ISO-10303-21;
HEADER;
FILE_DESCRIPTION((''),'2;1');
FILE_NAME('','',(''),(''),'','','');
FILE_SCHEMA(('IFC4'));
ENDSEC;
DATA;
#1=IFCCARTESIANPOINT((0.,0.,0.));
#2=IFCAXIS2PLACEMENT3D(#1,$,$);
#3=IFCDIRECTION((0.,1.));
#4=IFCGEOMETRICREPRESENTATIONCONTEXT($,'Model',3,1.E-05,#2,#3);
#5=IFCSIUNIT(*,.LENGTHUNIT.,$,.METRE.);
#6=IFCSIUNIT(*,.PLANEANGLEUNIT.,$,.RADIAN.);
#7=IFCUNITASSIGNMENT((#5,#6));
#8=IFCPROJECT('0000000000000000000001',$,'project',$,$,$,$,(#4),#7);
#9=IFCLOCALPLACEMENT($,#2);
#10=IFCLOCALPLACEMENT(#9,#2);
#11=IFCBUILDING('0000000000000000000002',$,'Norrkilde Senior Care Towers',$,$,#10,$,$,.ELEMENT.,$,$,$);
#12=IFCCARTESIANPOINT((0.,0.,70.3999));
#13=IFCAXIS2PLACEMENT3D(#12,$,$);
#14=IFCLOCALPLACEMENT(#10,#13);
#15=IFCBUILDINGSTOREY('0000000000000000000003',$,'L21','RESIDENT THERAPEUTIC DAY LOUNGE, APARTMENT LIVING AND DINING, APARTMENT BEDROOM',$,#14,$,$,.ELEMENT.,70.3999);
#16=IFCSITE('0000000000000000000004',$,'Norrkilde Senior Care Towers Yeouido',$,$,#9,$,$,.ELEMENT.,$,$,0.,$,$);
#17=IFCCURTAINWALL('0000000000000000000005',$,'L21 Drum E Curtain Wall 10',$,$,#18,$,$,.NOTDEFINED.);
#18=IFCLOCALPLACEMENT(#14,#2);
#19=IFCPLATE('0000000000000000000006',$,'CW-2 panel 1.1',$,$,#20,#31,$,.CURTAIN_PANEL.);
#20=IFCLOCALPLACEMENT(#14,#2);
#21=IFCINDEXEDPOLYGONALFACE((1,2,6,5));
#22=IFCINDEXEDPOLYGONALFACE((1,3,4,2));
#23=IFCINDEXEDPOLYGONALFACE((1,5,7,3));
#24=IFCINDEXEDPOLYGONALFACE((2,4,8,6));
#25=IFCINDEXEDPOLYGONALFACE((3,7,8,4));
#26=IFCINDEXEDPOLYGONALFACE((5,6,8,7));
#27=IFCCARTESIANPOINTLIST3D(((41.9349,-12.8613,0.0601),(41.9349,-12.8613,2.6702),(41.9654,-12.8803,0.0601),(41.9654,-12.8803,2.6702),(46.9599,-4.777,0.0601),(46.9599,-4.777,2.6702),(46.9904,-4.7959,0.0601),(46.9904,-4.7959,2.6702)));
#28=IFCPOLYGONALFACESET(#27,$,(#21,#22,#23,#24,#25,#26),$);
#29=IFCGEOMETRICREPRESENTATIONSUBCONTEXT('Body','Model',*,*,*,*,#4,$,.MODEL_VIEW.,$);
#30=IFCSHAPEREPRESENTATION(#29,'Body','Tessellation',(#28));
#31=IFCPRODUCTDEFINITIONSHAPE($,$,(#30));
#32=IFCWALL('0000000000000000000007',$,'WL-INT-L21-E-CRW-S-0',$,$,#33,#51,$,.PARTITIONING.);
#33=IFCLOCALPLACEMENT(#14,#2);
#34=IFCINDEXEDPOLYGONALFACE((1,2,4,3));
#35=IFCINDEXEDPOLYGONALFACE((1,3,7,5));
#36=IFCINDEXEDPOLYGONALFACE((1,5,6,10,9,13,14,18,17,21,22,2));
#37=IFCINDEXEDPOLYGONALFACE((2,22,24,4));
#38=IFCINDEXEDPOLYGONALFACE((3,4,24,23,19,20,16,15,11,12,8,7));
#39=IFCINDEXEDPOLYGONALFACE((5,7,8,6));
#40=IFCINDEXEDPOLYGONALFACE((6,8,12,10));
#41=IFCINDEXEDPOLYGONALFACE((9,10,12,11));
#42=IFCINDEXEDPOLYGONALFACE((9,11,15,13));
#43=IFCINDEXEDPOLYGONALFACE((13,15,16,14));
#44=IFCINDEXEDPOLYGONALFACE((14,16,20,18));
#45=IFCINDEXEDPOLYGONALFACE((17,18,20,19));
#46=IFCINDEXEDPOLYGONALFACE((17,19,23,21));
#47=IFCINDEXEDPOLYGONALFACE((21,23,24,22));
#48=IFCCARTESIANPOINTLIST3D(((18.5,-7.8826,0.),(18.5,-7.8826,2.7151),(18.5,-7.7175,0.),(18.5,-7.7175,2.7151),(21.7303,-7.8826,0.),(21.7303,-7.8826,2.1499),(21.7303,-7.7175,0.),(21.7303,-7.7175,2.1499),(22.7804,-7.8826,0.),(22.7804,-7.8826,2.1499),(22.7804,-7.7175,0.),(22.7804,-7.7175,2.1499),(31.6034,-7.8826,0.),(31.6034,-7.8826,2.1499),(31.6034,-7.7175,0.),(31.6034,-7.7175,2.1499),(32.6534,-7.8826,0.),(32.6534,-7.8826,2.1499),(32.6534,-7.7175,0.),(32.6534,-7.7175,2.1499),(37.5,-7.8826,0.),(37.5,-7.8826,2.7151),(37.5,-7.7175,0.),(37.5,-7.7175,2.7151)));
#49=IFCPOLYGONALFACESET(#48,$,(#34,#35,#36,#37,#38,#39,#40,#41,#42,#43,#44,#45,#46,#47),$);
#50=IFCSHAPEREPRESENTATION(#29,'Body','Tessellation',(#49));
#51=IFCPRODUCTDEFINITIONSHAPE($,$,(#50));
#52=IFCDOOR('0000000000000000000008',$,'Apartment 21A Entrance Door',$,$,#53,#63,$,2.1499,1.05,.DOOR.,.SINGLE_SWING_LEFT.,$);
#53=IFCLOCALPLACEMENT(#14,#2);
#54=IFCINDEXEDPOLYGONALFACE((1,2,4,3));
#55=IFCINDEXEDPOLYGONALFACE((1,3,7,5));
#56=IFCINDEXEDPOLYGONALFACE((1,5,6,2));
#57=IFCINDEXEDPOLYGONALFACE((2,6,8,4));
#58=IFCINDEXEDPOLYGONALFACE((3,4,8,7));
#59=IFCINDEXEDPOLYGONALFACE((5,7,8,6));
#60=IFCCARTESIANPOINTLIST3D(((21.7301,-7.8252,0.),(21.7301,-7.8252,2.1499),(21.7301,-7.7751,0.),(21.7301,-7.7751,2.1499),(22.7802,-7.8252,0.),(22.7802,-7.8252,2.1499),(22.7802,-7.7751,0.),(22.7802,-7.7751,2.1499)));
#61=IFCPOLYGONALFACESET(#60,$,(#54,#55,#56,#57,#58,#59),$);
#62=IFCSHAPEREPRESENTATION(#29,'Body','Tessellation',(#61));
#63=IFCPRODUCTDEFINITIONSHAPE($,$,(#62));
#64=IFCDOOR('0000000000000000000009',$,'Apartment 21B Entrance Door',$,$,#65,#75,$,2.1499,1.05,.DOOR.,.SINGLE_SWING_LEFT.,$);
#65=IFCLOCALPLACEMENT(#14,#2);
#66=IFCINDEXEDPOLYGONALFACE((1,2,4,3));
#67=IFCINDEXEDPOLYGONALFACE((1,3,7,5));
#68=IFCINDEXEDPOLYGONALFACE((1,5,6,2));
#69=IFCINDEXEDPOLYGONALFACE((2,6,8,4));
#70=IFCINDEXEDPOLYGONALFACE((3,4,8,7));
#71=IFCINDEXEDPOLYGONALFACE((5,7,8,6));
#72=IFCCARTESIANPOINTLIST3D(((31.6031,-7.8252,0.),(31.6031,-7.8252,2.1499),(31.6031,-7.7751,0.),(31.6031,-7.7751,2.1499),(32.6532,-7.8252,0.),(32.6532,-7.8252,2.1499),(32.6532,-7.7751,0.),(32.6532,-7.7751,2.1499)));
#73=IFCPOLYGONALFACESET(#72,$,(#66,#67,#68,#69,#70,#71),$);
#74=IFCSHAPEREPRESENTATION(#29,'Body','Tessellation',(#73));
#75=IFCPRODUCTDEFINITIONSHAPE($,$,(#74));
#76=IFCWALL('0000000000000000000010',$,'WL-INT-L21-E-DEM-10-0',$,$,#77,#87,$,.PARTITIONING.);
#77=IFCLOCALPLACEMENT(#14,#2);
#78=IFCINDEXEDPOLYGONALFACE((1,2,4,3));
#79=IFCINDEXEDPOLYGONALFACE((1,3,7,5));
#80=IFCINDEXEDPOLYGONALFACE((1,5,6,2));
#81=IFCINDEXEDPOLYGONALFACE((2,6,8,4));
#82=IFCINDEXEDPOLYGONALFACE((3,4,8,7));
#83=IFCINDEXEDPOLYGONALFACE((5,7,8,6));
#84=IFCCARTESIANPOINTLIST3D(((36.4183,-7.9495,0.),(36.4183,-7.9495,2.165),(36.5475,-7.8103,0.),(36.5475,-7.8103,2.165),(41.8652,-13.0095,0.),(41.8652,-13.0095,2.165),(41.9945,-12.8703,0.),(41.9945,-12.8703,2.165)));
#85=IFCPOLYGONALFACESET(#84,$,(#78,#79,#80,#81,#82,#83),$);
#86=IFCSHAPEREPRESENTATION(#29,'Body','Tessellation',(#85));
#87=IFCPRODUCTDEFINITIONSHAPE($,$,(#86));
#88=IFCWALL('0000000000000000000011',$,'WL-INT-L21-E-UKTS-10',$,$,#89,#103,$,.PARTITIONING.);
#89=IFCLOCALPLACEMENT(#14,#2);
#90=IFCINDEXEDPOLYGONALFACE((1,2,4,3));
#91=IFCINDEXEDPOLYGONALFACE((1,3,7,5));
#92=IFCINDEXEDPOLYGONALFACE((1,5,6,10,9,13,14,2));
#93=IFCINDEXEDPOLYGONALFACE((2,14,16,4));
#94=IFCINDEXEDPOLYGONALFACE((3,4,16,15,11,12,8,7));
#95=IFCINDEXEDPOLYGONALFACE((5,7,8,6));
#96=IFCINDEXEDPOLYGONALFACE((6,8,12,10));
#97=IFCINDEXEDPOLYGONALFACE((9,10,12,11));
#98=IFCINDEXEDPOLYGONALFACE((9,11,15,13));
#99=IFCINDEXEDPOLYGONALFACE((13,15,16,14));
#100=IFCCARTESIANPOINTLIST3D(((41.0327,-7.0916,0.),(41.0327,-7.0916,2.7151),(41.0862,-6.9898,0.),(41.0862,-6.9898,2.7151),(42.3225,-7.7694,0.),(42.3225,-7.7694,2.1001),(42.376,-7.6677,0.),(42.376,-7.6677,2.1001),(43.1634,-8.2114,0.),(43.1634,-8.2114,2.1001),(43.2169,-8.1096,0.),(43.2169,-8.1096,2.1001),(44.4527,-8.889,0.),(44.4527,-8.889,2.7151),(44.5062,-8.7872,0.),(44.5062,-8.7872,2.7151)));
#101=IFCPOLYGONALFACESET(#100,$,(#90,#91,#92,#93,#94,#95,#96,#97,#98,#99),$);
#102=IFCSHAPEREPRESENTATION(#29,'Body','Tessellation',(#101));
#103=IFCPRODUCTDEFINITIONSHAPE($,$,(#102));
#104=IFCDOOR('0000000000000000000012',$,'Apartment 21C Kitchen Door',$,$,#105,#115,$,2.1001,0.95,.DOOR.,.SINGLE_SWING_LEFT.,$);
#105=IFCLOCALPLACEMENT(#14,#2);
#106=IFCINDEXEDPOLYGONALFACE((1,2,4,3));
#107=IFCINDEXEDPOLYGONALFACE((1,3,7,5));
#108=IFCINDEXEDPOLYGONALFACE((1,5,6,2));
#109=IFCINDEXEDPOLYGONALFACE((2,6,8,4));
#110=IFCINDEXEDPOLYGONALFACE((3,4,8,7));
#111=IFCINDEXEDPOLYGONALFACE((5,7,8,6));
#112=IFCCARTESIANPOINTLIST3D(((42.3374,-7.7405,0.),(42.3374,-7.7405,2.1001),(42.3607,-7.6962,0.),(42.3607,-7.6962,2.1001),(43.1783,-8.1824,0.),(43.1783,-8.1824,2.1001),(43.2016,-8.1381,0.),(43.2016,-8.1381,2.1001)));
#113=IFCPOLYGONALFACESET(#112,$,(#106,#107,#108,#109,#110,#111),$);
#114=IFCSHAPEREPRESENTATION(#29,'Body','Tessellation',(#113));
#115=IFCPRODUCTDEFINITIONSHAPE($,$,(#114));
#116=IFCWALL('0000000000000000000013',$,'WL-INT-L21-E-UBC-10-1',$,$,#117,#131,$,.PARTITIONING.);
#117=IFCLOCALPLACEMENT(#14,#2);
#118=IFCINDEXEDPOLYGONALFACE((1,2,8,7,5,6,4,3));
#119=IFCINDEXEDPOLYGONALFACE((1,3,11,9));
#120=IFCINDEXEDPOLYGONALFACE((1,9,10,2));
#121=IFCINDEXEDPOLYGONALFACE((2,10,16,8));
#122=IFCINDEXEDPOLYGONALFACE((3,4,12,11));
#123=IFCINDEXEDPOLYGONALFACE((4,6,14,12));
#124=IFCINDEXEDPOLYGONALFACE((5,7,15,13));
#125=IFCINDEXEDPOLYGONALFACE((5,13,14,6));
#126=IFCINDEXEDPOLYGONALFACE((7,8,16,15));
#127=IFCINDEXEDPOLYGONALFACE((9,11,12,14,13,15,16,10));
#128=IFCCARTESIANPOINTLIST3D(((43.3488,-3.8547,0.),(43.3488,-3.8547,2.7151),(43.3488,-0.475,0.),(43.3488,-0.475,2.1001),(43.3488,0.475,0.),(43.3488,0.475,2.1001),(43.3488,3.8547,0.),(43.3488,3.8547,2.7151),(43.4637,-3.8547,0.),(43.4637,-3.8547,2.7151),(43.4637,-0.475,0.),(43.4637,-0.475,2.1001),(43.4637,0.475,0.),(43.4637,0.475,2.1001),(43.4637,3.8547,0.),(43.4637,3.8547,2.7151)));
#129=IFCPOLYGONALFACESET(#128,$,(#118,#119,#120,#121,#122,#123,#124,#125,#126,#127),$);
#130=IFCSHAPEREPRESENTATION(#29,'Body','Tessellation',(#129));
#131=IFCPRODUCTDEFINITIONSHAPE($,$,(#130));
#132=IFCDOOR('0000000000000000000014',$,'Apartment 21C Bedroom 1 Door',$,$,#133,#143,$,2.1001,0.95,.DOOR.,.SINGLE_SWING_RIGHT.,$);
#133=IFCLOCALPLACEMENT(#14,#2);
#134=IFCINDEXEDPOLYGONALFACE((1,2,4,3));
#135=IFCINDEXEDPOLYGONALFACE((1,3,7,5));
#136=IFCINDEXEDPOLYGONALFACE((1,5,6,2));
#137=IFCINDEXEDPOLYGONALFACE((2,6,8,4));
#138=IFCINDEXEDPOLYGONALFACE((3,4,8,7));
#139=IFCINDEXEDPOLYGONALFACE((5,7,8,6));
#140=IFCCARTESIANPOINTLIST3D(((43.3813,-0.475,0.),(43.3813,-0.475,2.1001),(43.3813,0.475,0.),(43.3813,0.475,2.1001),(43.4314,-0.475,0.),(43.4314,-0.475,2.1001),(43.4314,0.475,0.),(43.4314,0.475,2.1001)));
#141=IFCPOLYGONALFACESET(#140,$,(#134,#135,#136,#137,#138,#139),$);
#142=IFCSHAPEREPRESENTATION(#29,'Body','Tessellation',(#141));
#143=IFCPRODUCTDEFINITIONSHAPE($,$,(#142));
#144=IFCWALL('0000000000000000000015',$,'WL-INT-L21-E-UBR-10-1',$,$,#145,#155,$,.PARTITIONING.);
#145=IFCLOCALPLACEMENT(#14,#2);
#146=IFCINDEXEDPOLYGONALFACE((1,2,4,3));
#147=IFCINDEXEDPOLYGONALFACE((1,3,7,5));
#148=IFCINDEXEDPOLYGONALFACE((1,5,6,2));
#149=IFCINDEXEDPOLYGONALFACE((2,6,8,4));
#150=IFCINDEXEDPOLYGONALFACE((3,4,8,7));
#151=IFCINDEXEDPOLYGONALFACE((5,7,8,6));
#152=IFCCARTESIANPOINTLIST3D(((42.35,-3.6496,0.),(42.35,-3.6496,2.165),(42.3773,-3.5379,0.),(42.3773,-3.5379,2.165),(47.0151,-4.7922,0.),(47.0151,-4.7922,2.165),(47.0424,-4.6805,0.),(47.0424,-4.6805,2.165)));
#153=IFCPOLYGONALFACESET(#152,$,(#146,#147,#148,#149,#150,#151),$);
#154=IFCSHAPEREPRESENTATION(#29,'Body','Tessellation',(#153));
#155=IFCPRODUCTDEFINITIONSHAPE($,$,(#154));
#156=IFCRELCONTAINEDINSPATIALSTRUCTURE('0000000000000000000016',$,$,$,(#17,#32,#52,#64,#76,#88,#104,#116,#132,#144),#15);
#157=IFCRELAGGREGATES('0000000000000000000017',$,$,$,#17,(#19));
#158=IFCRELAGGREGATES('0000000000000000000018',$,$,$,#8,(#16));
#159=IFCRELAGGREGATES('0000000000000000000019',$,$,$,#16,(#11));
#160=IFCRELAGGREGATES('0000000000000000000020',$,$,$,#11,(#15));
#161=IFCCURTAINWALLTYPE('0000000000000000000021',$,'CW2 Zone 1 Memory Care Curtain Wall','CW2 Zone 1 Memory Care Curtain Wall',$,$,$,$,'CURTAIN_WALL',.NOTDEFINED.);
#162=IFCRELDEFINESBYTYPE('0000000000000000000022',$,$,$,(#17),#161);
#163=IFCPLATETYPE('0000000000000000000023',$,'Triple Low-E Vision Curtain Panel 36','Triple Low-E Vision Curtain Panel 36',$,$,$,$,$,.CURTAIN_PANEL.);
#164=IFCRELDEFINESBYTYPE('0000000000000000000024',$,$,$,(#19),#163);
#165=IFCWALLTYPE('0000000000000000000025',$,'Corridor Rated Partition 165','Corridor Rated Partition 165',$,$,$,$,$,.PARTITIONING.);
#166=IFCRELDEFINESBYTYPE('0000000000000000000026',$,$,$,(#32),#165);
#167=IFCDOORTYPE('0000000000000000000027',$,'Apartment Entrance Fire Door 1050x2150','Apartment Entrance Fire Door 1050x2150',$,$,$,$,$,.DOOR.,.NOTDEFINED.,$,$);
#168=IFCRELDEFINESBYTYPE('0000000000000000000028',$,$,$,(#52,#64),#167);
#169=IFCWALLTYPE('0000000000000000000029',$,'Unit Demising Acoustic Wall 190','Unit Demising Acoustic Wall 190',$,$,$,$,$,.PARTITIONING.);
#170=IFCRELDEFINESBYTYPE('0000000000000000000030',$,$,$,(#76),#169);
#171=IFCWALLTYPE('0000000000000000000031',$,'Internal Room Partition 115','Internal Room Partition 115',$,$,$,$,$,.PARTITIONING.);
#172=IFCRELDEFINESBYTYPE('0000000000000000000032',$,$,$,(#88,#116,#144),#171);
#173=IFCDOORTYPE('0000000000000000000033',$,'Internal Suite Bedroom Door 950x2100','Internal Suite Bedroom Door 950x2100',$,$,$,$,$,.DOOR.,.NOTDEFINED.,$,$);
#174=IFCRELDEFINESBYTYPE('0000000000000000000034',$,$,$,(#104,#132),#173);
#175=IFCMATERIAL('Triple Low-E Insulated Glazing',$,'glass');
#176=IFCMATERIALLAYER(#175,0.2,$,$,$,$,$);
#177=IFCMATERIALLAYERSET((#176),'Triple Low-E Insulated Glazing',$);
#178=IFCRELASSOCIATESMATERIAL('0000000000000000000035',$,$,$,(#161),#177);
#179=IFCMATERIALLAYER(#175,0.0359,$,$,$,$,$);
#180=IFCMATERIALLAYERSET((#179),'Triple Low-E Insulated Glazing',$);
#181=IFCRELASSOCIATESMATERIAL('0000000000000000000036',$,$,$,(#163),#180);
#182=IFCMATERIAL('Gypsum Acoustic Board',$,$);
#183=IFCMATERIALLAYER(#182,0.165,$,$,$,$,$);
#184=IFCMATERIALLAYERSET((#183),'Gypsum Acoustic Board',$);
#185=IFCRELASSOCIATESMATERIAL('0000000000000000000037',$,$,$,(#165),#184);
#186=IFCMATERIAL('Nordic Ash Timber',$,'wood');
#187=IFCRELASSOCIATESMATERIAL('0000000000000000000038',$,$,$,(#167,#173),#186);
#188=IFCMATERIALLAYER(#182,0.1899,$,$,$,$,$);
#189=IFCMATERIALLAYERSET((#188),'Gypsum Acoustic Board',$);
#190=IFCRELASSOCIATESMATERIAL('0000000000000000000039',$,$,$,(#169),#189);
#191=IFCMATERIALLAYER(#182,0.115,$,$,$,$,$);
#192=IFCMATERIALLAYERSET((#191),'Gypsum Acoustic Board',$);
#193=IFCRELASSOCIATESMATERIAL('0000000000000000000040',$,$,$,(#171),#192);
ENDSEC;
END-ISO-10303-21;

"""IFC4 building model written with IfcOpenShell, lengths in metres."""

from ifc_helpers import new_model, si_unit, direction, frame, frame_2d, origin, origin_2d, place, context, subcontext, project, spatial, rectangle, extrude, source, transform, mapped, material, layer, layer_set, type_object, type_shapes, element, fill, aggregate, save


model = new_model("IFC4")

# Units and contexts
model_context = context("Model", 3, precision=1e-05, world=origin(), true_north=direction((0.0, 1.0)))
body_context = subcontext(model_context, "Body", "Model", "MODEL_VIEW")
ifc_project = project(units=[si_unit("LENGTHUNIT", "METRE"), si_unit("PLANEANGLEUNIT", "RADIAN")], contexts=[model_context])

# Site, building, storey
site_placement = place(None, origin())
site = spatial("IfcSite", under=ifc_project, at=site_placement, Name="Norrkilde Senior Care Towers Yeouido", CompositionType="ELEMENT", RefElevation=0.0)
building_placement = place(site_placement, origin())
building = spatial("IfcBuilding", under=site, at=building_placement, Name="Norrkilde Senior Care Towers", CompositionType="ELEMENT")
storey_placement = place(building_placement, frame((0.0, 0.0, 70.3999)))
storey = spatial("IfcBuildingStorey", under=building, at=storey_placement, Name="L21", Description="RESIDENT THERAPEUTIC DAY LOUNGE, APARTMENT LIVING AND DINING, APARTMENT BEDROOM", CompositionType="ELEMENT", Elevation=70.3999)

# Curtain wall
ifc_material_1 = material(Name="Triple Low-E Insulated Glazing", Category="glass")
ifc_layer_1 = layer(ifc_material_1, 0.2)
ifc_layer_set_1 = layer_set([ifc_layer_1], Name="Triple Low-E Insulated Glazing")
curtain_wall_type = type_object("IfcCurtainWallType", Name="CW2 Zone 1 Memory Care Curtain Wall", Description="CW2 Zone 1 Memory Care Curtain Wall", ElementType="CURTAIN_WALL", PredefinedType="NOTDEFINED", material=ifc_layer_set_1)
curtain_wall_1_placement = place(storey_placement, origin())
curtain_wall_1 = element("IfcCurtainWall", 1, at=curtain_wall_1_placement, inside=storey, type_object=curtain_wall_type, Name="L21 Drum E Curtain Wall 10", PredefinedType="NOTDEFINED")

# Plate
ifc_layer_2 = layer(ifc_material_1, 0.0359)
ifc_layer_set_2 = layer_set([ifc_layer_2], Name="Triple Low-E Insulated Glazing")
plate_type = type_object("IfcPlateType", Name="Triple Low-E Vision Curtain Panel 36", Description="Triple Low-E Vision Curtain Panel 36", PredefinedType="CURTAIN_PANEL", material=ifc_layer_set_2)
shared_shape_1 = source(origin(), body_context, "Body", "SweptSolid", [
    extrude(rectangle(XDim=9.5188, YDim=0.0359, at=origin_2d()), origin(), (0.0, 0.0, 1.0), 2.6101),
])
plate_1_placement = place(storey_placement, frame((44.4626, -8.8286, 0.0601), z_axis=(0.0, 0.0, 1.0), x_axis=(-0.527901, -0.849306, 0.0)))
plate_1 = element("IfcPlate", 2, at=plate_1_placement, type_object=plate_type, Name="CW-2 panel 1.1", PredefinedType="CURTAIN_PANEL", context=body_context, shape_type="MappedRepresentation", body=[
    mapped(shared_shape_1, transform((0.0, 0.0, 0.0), x_axis=(1.0, 0.0, 0.0), y_axis=(0.0, 1.0, 0.0), z_axis=(0.0, 0.0, 1.0), scale=1.0)),
])
aggregate(curtain_wall_1, [plate_1])

# Wall, openings, doors
ifc_material_2 = material(Name="Gypsum Acoustic Board")
ifc_layer_3 = layer(ifc_material_2, 0.165)
ifc_layer_set_3 = layer_set([ifc_layer_3], Name="Gypsum Acoustic Board")
wall_type_1 = type_object("IfcWallType", Name="Corridor Rated Partition 165", Description="Corridor Rated Partition 165", PredefinedType="PARTITIONING", material=ifc_layer_set_3)
shared_shape_2 = source(origin(), body_context, "Body", "SweptSolid", [
    extrude(rectangle(XDim=19.0, YDim=0.165, at=frame_2d((9.5, 0.0))), origin(), (0.0, 0.0, 1.0), 2.7151),
])
type_shapes(wall_type_1, [shared_shape_2])
wall_1_placement = place(storey_placement, frame((37.5, -7.8, 0.0), z_axis=(0.0, 0.0, 1.0), x_axis=(-1.0, 0.0, 0.0)))
wall_1 = element("IfcWall", 3, at=wall_1_placement, inside=storey, type_object=wall_type_1, Name="WL-INT-L21-E-CRW-S-0", PredefinedType="PARTITIONING", context=body_context, shape_type="MappedRepresentation", body=[
    mapped(shared_shape_2, transform((0.0, 0.0, 0.0), x_axis=(1.0, 0.0, 0.0), y_axis=(0.0, 1.0, 0.0), z_axis=(0.0, 0.0, 1.0), scale=1.0)),
])
opening_1_placement = place(wall_1_placement, frame((14.7197, 0.0, 0.0)))
opening_1 = element("IfcOpeningElement", 4, at=opening_1_placement, cuts=wall_1, PredefinedType="OPENING", context=body_context, shape_type="SweptSolid", body=[
    extrude(rectangle(XDim=1.05, YDim=2.1499, at=frame_2d((0.5249, 1.075))), frame((0.0, 0.0925, 0.0), z_axis=(0.0, -1.0, 0.0), x_axis=(1.0, 0.0, 0.0)), (0.0, 0.0, 1.0), 0.1851),
])
opening_2_placement = place(wall_1_placement, frame((4.8467, 0.0, 0.0)))
opening_2 = element("IfcOpeningElement", 5, at=opening_2_placement, cuts=wall_1, PredefinedType="OPENING", context=body_context, shape_type="SweptSolid", body=[
    extrude(rectangle(XDim=1.05, YDim=2.1499, at=frame_2d((0.5249, 1.075))), frame((0.0, 0.0925, 0.0), z_axis=(0.0, -1.0, 0.0), x_axis=(1.0, 0.0, 0.0)), (0.0, 0.0, 1.0), 0.1851),
])
ifc_material_3 = material(Name="Nordic Ash Timber", Category="wood")
door_type_1 = type_object("IfcDoorType", Name="Apartment Entrance Fire Door 1050x2150", Description="Apartment Entrance Fire Door 1050x2150", OperationType="NOTDEFINED", PredefinedType="DOOR", material=ifc_material_3)
shared_shape_3 = source(origin(), body_context, "Body", "SweptSolid", [
    extrude(rectangle(XDim=1.05, YDim=2.1499, at=frame_2d((0.5249, 1.075))), frame((0.0, 0.0249, 0.0), z_axis=(0.0, -1.0, 0.0), x_axis=(1.0, 0.0, 0.0)), (0.0, 0.0, 1.0), 0.05),
])
type_shapes(door_type_1, [shared_shape_3])
door_1_placement = place(opening_1_placement, frame((1.05, 0.0, 0.0), z_axis=(0.0, 0.0, 1.0), x_axis=(-1.0, 0.0, 0.0)))
door_1 = element("IfcDoor", 6, at=door_1_placement, inside=storey, type_object=door_type_1, Name="Apartment 21A Entrance Door", OperationType="SINGLE_SWING_LEFT", OverallHeight=2.1499, OverallWidth=1.05, PredefinedType="DOOR", context=body_context, shape_type="MappedRepresentation", body=[
    mapped(shared_shape_3, transform((0.0, 0.0, 0.0), x_axis=(1.0, 0.0, 0.0), y_axis=(0.0, 1.0, 0.0), z_axis=(0.0, 0.0, 1.0), scale=1.0)),
])
fill(opening_1, door_1)
door_2_placement = place(opening_2_placement, frame((1.05, 0.0, 0.0), z_axis=(0.0, 0.0, 1.0), x_axis=(-1.0, 0.0, 0.0)))
door_2 = element("IfcDoor", 7, at=door_2_placement, inside=storey, type_object=door_type_1, Name="Apartment 21B Entrance Door", OperationType="SINGLE_SWING_LEFT", OverallHeight=2.1499, OverallWidth=1.05, PredefinedType="DOOR", context=body_context, shape_type="MappedRepresentation", body=[
    mapped(shared_shape_3, transform((0.0, 0.0, 0.0), x_axis=(1.0, 0.0, 0.0), y_axis=(0.0, 1.0, 0.0), z_axis=(0.0, 0.0, 1.0), scale=1.0)),
])
fill(opening_2, door_2)

# Wall
ifc_layer_4 = layer(ifc_material_2, 0.1899)
ifc_layer_set_4 = layer_set([ifc_layer_4], Name="Gypsum Acoustic Board")
wall_type_2 = type_object("IfcWallType", Name="Unit Demising Acoustic Wall 190", Description="Unit Demising Acoustic Wall 190", PredefinedType="PARTITIONING", material=ifc_layer_set_4)
shared_shape_4 = source(origin(), body_context, "Body", "SweptSolid", [
    extrude(rectangle(XDim=7.4346, YDim=0.1899, at=frame_2d((3.7173, 0.0))), origin(), (0.0, 0.0, 1.0), 2.165),
])
type_shapes(wall_type_2, [shared_shape_4])
wall_2_placement = place(storey_placement, frame((36.4829, -7.8799, 0.0), z_axis=(0.0, 0.0, 1.0), x_axis=(0.732652, -0.680603, 0.0)))
element("IfcWall", 8, at=wall_2_placement, inside=storey, type_object=wall_type_2, Name="WL-INT-L21-E-DEM-10-0", PredefinedType="PARTITIONING", context=body_context, shape_type="MappedRepresentation", body=[
    mapped(shared_shape_4, transform((0.0, 0.0, 0.0), x_axis=(1.0, 0.0, 0.0), y_axis=(0.0, 1.0, 0.0), z_axis=(0.0, 0.0, 1.0), scale=1.0)),
])

# Walls, openings, doors
ifc_layer_5 = layer(ifc_material_2, 0.115)
ifc_layer_set_5 = layer_set([ifc_layer_5], Name="Gypsum Acoustic Board")
wall_type_3 = type_object("IfcWallType", Name="Internal Room Partition 115", Description="Internal Room Partition 115", PredefinedType="PARTITIONING", material=ifc_layer_set_5)
shared_shape_5 = source(origin(), body_context, "Body", "SweptSolid", [
    extrude(rectangle(XDim=3.8635, YDim=0.115, at=frame_2d((1.9316, 0.0))), origin(), (0.0, 0.0, 1.0), 2.7151),
])
wall_3_placement = place(storey_placement, frame((41.0596, -7.0408, 0.0), z_axis=(0.0, 0.0, 1.0), x_axis=(0.885195, -0.46522, 0.0)))
wall_3 = element("IfcWall", 9, at=wall_3_placement, inside=storey, type_object=wall_type_3, Name="WL-INT-L21-E-UKTS-10", PredefinedType="PARTITIONING", context=body_context, shape_type="MappedRepresentation", body=[
    mapped(shared_shape_5, transform((0.0, 0.0, 0.0), x_axis=(1.0, 0.0, 0.0), y_axis=(0.0, 1.0, 0.0), z_axis=(0.0, 0.0, 1.0), scale=1.0)),
])
opening_3_placement = place(wall_3_placement, frame((1.4568, 0.0, 0.0)))
opening_3 = element("IfcOpeningElement", 10, at=opening_3_placement, cuts=wall_3, PredefinedType="OPENING", context=body_context, shape_type="SweptSolid", body=[
    extrude(rectangle(XDim=0.95, YDim=2.1001, at=frame_2d((0.4751, 1.05))), frame((0.0, 0.0674, 0.0), z_axis=(0.0, -1.0, 0.0), x_axis=(1.0, 0.0, 0.0)), (0.0, 0.0, 1.0), 0.135),
])
door_type_2 = type_object("IfcDoorType", Name="Internal Suite Bedroom Door 950x2100", Description="Internal Suite Bedroom Door 950x2100", OperationType="NOTDEFINED", PredefinedType="DOOR", material=ifc_material_3)
shared_shape_6 = source(origin(), body_context, "Body", "SweptSolid", [
    extrude(rectangle(XDim=0.95, YDim=2.1001, at=frame_2d((0.4751, 1.05))), frame((0.0, 0.0249, 0.0), z_axis=(0.0, -1.0, 0.0), x_axis=(1.0, 0.0, 0.0)), (0.0, 0.0, 1.0), 0.05),
])
type_shapes(door_type_2, [shared_shape_6])
door_3_placement = place(opening_3_placement, frame((0.95, 0.0, 0.0), z_axis=(0.0, 0.0, 1.0), x_axis=(-1.0, 0.0, 0.0)))
door_3 = element("IfcDoor", 11, at=door_3_placement, inside=storey, type_object=door_type_2, Name="Apartment 21C Kitchen Door", OperationType="SINGLE_SWING_LEFT", OverallHeight=2.1001, OverallWidth=0.95, PredefinedType="DOOR", context=body_context, shape_type="MappedRepresentation", body=[
    mapped(shared_shape_6, transform((0.0, 0.0, 0.0), x_axis=(1.0, 0.0, 0.0), y_axis=(0.0, 1.0, 0.0), z_axis=(0.0, 0.0, 1.0), scale=1.0)),
])
fill(opening_3, door_3)
shared_shape_7 = source(origin(), body_context, "Body", "SweptSolid", [
    extrude(rectangle(XDim=7.7095, YDim=0.115, at=frame_2d((3.8547, 0.0))), origin(), (0.0, 0.0, 1.0), 2.7151),
])
wall_4_placement = place(storey_placement, frame((43.4062, -3.8547, 0.0), z_axis=(0.0, 0.0, 1.0), x_axis=(0.0, 1.0, 0.0)))
wall_4 = element("IfcWall", 12, at=wall_4_placement, inside=storey, type_object=wall_type_3, Name="WL-INT-L21-E-UBC-10-1", PredefinedType="PARTITIONING", context=body_context, shape_type="MappedRepresentation", body=[
    mapped(shared_shape_7, transform((0.0, 0.0, 0.0), x_axis=(1.0, 0.0, 0.0), y_axis=(0.0, 1.0, 0.0), z_axis=(0.0, 0.0, 1.0), scale=1.0)),
])
opening_4_placement = place(wall_4_placement, frame((3.3796, 0.0, 0.0)))
opening_4 = element("IfcOpeningElement", 13, at=opening_4_placement, cuts=wall_4, PredefinedType="OPENING", context=body_context, shape_type="SweptSolid", body=[
    extrude(rectangle(XDim=0.95, YDim=2.1001, at=frame_2d((0.4751, 1.05))), frame((0.0, 0.0674, 0.0), z_axis=(0.0, -1.0, 0.0), x_axis=(1.0, 0.0, 0.0)), (0.0, 0.0, 1.0), 0.135),
])
door_4_placement = place(opening_4_placement, origin())
door_4 = element("IfcDoor", 14, at=door_4_placement, inside=storey, type_object=door_type_2, Name="Apartment 21C Bedroom 1 Door", OperationType="SINGLE_SWING_RIGHT", OverallHeight=2.1001, OverallWidth=0.95, PredefinedType="DOOR", context=body_context, shape_type="MappedRepresentation", body=[
    mapped(shared_shape_6, transform((0.0, 0.0, 0.0), x_axis=(1.0, 0.0, 0.0), y_axis=(0.0, 1.0, 0.0), z_axis=(0.0, 0.0, 1.0), scale=1.0)),
])
fill(opening_4, door_4)

# Wall
shared_shape_8 = source(origin(), body_context, "Body", "SweptSolid", [
    extrude(rectangle(XDim=4.803, YDim=0.115, at=frame_2d((2.4014, 0.0))), origin(), (0.0, 0.0, 1.0), 2.165),
])
wall_5_placement = place(storey_placement, frame((42.3638, -3.5938, 0.0), z_axis=(0.0, 0.0, 1.0), x_axis=(0.971292, -0.237892, 0.0)))
element("IfcWall", 15, at=wall_5_placement, inside=storey, type_object=wall_type_3, Name="WL-INT-L21-E-UBR-10-1", PredefinedType="PARTITIONING", context=body_context, shape_type="MappedRepresentation", body=[
    mapped(shared_shape_8, transform((0.0, 0.0, 0.0), x_axis=(1.0, 0.0, 0.0), y_axis=(0.0, 1.0, 0.0), z_axis=(0.0, 0.0, 1.0), scale=1.0)),
])

save(model, "model.ifc")
